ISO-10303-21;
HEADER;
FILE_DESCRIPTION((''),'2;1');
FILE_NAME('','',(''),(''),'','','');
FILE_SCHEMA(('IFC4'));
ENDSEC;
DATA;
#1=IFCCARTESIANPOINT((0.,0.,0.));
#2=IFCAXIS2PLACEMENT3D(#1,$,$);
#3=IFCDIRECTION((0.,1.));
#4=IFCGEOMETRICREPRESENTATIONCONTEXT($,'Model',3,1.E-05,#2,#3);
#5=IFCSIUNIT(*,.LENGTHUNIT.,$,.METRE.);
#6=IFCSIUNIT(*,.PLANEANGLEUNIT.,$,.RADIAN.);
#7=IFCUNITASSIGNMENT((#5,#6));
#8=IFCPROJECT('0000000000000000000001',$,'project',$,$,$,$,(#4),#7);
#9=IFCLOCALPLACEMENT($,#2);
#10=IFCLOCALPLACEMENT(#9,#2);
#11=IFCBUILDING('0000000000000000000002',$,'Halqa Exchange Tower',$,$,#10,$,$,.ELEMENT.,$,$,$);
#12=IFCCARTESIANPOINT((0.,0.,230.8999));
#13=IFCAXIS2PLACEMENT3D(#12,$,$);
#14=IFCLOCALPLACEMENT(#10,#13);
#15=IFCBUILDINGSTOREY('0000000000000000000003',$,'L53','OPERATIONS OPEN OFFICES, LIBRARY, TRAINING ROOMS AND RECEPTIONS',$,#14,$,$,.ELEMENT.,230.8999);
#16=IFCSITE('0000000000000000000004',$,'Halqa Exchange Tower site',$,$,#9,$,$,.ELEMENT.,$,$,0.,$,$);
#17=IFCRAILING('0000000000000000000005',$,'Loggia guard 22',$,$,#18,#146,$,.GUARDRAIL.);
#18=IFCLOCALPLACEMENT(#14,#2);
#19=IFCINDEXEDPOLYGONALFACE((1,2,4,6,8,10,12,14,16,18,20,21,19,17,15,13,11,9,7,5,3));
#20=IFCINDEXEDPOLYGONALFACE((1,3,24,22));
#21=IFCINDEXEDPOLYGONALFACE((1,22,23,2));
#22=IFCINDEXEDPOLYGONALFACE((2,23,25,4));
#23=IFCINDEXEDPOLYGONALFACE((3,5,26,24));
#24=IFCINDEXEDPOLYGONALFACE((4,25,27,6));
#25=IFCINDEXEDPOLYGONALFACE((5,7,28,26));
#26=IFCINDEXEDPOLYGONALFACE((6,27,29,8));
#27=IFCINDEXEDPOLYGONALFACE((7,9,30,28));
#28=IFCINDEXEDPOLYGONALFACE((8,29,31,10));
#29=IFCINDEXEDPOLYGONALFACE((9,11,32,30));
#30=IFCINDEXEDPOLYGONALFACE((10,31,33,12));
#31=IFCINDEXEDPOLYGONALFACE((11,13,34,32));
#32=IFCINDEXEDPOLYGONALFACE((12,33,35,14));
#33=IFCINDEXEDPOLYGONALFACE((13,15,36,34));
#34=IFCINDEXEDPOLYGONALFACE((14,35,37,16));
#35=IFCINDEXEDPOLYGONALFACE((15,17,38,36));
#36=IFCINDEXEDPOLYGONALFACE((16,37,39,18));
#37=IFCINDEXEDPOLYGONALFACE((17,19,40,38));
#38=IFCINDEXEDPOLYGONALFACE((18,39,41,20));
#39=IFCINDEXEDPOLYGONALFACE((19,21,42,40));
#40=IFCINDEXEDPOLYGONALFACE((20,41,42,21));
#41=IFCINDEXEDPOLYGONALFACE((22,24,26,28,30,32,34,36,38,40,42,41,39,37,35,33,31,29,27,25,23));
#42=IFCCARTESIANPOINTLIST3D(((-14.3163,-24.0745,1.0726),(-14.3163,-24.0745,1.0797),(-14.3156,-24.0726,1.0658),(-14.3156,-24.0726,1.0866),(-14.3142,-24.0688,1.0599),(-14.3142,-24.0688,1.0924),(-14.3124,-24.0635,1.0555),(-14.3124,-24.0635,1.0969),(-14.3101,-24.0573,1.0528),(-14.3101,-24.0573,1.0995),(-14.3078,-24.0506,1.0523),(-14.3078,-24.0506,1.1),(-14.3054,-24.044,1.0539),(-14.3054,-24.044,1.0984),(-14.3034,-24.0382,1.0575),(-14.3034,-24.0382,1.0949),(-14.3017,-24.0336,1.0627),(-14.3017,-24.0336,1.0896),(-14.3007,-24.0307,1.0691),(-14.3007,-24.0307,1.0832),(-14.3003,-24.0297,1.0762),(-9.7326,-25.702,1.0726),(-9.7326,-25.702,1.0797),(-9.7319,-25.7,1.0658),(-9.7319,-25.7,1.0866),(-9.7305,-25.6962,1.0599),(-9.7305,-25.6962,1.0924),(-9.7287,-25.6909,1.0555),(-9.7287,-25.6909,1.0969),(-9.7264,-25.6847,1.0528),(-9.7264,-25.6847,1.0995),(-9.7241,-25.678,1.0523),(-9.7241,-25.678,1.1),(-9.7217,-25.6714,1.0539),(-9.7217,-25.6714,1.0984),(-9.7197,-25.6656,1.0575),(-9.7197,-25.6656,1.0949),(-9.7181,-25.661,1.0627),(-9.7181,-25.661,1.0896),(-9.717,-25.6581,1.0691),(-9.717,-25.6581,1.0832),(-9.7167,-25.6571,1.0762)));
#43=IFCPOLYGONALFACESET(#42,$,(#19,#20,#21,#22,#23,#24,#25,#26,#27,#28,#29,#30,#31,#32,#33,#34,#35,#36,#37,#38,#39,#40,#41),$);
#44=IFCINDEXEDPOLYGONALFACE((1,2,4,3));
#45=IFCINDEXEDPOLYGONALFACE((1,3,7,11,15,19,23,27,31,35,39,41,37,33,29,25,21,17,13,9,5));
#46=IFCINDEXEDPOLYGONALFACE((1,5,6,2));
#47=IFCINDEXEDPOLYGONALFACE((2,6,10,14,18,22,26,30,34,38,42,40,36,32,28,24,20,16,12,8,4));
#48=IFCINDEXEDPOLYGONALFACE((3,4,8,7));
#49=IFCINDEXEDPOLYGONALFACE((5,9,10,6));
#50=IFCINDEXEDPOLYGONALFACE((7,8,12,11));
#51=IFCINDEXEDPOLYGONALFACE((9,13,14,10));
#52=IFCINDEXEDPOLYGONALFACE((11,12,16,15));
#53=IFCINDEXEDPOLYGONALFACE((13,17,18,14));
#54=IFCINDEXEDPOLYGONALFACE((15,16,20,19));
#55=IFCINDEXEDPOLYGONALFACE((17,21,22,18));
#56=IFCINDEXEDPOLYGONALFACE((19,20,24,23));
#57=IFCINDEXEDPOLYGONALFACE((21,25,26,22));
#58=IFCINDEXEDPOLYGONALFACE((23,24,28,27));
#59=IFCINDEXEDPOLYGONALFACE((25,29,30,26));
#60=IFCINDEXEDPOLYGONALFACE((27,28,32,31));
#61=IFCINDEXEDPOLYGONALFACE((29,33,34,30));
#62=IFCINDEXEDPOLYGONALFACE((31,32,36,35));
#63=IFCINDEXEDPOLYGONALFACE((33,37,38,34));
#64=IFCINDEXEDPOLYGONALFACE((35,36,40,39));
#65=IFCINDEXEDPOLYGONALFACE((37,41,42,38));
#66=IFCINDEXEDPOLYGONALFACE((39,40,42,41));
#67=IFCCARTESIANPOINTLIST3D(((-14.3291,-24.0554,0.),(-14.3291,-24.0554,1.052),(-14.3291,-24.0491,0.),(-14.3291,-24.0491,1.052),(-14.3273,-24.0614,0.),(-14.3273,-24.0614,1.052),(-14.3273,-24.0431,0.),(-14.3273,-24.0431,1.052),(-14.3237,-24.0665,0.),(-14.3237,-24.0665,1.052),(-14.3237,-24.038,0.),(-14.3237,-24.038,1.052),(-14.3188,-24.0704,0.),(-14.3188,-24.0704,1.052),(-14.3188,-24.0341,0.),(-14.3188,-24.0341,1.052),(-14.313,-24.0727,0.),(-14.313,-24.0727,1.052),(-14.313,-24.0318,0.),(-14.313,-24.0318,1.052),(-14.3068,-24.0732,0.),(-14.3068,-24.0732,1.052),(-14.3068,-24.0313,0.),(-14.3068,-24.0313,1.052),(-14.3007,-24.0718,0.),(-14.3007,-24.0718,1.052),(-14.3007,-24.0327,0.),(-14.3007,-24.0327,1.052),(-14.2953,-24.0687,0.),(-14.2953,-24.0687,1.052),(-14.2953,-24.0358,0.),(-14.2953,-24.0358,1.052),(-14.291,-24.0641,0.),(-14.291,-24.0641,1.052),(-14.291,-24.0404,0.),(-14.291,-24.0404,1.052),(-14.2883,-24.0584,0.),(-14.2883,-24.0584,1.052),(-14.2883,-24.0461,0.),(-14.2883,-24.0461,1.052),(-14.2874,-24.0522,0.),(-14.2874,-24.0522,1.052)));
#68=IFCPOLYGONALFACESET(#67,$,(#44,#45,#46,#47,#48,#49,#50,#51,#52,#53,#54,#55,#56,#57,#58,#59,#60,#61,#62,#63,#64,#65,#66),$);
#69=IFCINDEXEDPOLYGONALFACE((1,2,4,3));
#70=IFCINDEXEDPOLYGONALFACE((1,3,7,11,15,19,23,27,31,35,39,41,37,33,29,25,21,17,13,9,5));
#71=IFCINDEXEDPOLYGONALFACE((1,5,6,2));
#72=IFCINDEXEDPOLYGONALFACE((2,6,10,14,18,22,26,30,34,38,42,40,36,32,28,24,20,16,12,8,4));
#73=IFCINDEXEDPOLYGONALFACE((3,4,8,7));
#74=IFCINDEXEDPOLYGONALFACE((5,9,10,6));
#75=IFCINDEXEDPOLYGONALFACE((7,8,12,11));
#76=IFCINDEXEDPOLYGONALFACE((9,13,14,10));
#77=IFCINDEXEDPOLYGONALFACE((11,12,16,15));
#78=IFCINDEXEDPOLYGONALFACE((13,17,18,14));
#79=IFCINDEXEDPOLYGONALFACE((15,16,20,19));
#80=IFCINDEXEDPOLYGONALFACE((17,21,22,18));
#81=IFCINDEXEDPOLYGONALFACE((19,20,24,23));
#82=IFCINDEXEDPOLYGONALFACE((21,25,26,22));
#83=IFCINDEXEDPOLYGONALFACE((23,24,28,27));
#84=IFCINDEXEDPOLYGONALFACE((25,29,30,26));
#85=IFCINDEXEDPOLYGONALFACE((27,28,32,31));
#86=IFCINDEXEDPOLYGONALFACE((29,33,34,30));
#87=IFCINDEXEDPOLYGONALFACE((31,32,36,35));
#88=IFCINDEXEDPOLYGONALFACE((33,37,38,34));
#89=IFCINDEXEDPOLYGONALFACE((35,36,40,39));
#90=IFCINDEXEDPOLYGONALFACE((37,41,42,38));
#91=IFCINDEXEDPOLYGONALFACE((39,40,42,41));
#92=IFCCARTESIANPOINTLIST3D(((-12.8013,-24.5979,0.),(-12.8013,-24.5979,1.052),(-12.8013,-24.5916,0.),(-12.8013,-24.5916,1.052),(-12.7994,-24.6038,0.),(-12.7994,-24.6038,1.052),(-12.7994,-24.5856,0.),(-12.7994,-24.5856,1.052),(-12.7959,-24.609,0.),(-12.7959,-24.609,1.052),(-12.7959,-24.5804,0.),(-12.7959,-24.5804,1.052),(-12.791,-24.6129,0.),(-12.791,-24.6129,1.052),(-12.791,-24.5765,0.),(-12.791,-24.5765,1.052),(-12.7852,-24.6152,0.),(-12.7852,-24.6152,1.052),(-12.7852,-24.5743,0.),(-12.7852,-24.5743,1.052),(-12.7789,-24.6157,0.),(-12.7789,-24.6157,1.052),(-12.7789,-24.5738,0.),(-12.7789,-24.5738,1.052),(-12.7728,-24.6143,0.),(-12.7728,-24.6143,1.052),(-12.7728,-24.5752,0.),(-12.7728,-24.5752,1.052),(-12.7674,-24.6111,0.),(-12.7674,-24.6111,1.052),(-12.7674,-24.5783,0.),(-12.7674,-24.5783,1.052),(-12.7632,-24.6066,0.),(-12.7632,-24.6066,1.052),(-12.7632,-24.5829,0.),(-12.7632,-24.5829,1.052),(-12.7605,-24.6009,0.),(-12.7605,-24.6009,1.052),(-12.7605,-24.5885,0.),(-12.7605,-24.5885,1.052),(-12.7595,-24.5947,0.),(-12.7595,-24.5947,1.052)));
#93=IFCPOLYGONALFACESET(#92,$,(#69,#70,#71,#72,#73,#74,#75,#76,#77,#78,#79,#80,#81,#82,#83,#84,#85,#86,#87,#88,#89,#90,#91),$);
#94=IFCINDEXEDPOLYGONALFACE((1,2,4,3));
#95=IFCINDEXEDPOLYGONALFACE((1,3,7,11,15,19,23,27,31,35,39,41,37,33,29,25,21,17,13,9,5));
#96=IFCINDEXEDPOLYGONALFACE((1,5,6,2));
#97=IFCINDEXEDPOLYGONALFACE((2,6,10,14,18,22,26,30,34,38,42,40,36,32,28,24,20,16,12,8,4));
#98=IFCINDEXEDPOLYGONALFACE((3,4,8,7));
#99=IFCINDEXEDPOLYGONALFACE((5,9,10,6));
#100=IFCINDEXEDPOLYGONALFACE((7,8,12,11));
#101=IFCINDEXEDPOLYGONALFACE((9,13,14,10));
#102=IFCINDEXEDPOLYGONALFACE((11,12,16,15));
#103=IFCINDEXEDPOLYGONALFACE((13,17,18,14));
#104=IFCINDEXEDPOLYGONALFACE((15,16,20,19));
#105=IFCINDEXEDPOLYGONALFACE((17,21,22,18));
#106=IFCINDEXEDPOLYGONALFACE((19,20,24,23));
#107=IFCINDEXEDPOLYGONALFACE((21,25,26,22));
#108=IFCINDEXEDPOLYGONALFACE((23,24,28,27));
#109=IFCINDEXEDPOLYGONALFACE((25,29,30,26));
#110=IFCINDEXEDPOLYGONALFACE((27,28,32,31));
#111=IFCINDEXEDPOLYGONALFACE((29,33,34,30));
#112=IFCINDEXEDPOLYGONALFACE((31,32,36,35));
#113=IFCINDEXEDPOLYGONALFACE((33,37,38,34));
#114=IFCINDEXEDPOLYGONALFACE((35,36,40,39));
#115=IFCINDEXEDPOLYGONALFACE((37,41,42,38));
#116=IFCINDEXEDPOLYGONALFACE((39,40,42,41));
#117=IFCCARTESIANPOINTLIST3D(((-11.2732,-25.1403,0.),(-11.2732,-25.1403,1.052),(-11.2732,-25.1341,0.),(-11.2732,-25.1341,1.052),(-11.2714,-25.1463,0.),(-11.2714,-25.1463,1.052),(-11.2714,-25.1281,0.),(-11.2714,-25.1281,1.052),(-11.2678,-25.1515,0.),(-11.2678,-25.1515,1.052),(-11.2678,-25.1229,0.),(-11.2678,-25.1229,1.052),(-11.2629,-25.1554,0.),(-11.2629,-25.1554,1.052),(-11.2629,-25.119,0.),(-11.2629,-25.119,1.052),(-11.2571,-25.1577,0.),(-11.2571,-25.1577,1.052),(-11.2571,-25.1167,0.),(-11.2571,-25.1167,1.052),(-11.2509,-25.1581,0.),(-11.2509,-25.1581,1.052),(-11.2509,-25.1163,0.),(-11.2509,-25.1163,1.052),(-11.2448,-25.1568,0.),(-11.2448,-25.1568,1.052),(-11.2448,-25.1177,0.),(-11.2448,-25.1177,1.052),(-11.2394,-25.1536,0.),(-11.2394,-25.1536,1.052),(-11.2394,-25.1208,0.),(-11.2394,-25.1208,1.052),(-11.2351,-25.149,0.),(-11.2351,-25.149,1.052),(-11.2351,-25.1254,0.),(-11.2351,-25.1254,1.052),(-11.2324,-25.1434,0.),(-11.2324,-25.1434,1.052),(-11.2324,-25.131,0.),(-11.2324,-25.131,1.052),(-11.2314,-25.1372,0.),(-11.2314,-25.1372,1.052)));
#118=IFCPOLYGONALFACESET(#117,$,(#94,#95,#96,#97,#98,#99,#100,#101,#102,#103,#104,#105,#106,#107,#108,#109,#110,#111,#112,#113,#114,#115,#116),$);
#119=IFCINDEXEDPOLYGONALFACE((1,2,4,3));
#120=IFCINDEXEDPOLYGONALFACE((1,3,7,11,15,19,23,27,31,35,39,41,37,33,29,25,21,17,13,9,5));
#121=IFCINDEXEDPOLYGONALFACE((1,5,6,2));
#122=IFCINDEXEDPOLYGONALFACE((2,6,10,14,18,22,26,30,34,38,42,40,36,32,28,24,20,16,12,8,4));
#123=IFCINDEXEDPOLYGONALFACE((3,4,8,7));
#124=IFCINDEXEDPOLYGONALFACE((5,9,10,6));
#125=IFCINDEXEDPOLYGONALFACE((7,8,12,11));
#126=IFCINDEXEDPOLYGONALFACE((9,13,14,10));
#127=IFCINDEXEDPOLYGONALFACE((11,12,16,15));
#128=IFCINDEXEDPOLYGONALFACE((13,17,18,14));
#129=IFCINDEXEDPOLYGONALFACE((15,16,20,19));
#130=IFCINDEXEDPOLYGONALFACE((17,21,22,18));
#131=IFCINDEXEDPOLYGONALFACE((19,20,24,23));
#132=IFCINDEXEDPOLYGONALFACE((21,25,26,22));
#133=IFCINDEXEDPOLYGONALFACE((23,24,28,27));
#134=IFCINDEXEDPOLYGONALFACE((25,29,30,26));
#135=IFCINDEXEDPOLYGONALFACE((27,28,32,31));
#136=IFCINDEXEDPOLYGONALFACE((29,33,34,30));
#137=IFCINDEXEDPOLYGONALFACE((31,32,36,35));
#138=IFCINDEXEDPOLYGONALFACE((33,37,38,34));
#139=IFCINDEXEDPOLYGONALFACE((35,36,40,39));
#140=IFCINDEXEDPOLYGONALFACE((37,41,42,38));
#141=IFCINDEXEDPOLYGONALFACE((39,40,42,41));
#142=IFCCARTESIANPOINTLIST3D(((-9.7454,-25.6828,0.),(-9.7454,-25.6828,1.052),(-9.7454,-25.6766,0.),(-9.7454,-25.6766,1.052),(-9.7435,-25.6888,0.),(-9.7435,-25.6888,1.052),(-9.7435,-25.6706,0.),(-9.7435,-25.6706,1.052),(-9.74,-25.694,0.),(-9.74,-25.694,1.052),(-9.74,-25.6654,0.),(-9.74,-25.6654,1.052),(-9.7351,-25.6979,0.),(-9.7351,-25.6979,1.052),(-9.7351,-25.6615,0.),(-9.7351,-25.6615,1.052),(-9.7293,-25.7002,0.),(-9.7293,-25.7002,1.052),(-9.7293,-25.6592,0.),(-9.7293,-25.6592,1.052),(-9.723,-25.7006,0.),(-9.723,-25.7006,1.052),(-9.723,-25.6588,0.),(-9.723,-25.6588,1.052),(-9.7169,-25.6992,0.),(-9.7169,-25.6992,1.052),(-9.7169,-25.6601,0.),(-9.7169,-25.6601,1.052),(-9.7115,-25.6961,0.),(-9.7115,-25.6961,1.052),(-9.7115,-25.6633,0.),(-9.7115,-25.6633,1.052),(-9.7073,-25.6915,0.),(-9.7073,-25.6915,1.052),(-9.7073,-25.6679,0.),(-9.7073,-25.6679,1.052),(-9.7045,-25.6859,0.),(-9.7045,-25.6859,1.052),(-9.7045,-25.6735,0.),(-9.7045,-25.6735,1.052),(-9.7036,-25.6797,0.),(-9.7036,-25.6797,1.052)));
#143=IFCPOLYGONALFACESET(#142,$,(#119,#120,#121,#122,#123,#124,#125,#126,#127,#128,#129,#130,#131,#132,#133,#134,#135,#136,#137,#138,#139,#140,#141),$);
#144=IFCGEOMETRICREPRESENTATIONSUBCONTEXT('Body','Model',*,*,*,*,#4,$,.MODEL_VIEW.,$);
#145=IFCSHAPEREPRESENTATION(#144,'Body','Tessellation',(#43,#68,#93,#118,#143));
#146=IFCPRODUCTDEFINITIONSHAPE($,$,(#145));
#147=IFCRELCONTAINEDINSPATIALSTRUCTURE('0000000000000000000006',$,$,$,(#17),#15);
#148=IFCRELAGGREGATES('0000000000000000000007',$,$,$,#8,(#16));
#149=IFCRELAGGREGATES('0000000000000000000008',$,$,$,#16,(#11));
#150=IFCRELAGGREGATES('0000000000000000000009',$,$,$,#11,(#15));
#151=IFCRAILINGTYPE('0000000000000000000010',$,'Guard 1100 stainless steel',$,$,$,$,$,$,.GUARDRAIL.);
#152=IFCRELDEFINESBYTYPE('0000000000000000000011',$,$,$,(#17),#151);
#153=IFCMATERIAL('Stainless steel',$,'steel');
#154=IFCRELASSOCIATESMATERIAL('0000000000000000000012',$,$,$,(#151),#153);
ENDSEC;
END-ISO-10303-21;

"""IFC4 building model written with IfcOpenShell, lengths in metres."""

from ifc_helpers import new_model, si_unit, direction, frame, origin, origin_2d, place, context, subcontext, project, spatial, circle, extrude, material, type_object, element, save


model = new_model("IFC4")

# Units and contexts
model_context = context("Model", 3, precision=1e-05, world=origin(), true_north=direction((0.0, 1.0)))
body_context = subcontext(model_context, "Body", "Model", "MODEL_VIEW")
ifc_project = project(units=[si_unit("LENGTHUNIT", "METRE"), si_unit("PLANEANGLEUNIT", "RADIAN")], contexts=[model_context])

# Site, building, storey
site_placement = place(None, origin())
site = spatial("IfcSite", under=ifc_project, at=site_placement, Name="Halqa Exchange Tower site", CompositionType="ELEMENT", RefElevation=0.0)
building_placement = place(site_placement, origin())
building = spatial("IfcBuilding", under=site, at=building_placement, Name="Halqa Exchange Tower", CompositionType="ELEMENT")
storey_placement = place(building_placement, frame((0.0, 0.0, 230.8999)))
storey = spatial("IfcBuildingStorey", under=building, at=storey_placement, Name="L53", Description="OPERATIONS OPEN OFFICES, LIBRARY, TRAINING ROOMS AND RECEPTIONS", CompositionType="ELEMENT", Elevation=230.8999)

# Railing
ifc_material_1 = material(Name="Stainless steel", Category="steel")
railing_type = type_object("IfcRailingType", Name="Guard 1100 stainless steel", PredefinedType="GUARDRAIL", material=ifc_material_1)
railing_1_placement = place(storey_placement, frame((-14.3083, -24.0522, 0.0)))
element("IfcRailing", 1, at=railing_1_placement, inside=storey, type_object=railing_type, Name="Loggia guard 22", PredefinedType="GUARDRAIL", context=body_context, shape_type="SweptSolid", body=[
    extrude(circle(Radius=0.0239, at=origin_2d()), frame((0.0, 0.0, 1.0762), z_axis=(0.942366, -0.334584, 0.0), x_axis=(0.334584, 0.942366, 0.0)), (0.0, 0.0, 1.0), 4.864),
    extrude(circle(Radius=0.021, at=origin_2d()), origin(), (0.0, 0.0, 1.0), 1.052),
    extrude(circle(Radius=0.021, at=origin_2d()), frame((1.5278, -0.5425, 0.0)), (0.0, 0.0, 1.0), 1.052),
    extrude(circle(Radius=0.021, at=origin_2d()), frame((3.0559, -1.085, 0.0)), (0.0, 0.0, 1.0), 1.052),
    extrude(circle(Radius=0.021, at=origin_2d()), frame((4.5837, -1.6274, 0.0)), (0.0, 0.0, 1.0), 1.052),
])

save(model, "model.ifc")
